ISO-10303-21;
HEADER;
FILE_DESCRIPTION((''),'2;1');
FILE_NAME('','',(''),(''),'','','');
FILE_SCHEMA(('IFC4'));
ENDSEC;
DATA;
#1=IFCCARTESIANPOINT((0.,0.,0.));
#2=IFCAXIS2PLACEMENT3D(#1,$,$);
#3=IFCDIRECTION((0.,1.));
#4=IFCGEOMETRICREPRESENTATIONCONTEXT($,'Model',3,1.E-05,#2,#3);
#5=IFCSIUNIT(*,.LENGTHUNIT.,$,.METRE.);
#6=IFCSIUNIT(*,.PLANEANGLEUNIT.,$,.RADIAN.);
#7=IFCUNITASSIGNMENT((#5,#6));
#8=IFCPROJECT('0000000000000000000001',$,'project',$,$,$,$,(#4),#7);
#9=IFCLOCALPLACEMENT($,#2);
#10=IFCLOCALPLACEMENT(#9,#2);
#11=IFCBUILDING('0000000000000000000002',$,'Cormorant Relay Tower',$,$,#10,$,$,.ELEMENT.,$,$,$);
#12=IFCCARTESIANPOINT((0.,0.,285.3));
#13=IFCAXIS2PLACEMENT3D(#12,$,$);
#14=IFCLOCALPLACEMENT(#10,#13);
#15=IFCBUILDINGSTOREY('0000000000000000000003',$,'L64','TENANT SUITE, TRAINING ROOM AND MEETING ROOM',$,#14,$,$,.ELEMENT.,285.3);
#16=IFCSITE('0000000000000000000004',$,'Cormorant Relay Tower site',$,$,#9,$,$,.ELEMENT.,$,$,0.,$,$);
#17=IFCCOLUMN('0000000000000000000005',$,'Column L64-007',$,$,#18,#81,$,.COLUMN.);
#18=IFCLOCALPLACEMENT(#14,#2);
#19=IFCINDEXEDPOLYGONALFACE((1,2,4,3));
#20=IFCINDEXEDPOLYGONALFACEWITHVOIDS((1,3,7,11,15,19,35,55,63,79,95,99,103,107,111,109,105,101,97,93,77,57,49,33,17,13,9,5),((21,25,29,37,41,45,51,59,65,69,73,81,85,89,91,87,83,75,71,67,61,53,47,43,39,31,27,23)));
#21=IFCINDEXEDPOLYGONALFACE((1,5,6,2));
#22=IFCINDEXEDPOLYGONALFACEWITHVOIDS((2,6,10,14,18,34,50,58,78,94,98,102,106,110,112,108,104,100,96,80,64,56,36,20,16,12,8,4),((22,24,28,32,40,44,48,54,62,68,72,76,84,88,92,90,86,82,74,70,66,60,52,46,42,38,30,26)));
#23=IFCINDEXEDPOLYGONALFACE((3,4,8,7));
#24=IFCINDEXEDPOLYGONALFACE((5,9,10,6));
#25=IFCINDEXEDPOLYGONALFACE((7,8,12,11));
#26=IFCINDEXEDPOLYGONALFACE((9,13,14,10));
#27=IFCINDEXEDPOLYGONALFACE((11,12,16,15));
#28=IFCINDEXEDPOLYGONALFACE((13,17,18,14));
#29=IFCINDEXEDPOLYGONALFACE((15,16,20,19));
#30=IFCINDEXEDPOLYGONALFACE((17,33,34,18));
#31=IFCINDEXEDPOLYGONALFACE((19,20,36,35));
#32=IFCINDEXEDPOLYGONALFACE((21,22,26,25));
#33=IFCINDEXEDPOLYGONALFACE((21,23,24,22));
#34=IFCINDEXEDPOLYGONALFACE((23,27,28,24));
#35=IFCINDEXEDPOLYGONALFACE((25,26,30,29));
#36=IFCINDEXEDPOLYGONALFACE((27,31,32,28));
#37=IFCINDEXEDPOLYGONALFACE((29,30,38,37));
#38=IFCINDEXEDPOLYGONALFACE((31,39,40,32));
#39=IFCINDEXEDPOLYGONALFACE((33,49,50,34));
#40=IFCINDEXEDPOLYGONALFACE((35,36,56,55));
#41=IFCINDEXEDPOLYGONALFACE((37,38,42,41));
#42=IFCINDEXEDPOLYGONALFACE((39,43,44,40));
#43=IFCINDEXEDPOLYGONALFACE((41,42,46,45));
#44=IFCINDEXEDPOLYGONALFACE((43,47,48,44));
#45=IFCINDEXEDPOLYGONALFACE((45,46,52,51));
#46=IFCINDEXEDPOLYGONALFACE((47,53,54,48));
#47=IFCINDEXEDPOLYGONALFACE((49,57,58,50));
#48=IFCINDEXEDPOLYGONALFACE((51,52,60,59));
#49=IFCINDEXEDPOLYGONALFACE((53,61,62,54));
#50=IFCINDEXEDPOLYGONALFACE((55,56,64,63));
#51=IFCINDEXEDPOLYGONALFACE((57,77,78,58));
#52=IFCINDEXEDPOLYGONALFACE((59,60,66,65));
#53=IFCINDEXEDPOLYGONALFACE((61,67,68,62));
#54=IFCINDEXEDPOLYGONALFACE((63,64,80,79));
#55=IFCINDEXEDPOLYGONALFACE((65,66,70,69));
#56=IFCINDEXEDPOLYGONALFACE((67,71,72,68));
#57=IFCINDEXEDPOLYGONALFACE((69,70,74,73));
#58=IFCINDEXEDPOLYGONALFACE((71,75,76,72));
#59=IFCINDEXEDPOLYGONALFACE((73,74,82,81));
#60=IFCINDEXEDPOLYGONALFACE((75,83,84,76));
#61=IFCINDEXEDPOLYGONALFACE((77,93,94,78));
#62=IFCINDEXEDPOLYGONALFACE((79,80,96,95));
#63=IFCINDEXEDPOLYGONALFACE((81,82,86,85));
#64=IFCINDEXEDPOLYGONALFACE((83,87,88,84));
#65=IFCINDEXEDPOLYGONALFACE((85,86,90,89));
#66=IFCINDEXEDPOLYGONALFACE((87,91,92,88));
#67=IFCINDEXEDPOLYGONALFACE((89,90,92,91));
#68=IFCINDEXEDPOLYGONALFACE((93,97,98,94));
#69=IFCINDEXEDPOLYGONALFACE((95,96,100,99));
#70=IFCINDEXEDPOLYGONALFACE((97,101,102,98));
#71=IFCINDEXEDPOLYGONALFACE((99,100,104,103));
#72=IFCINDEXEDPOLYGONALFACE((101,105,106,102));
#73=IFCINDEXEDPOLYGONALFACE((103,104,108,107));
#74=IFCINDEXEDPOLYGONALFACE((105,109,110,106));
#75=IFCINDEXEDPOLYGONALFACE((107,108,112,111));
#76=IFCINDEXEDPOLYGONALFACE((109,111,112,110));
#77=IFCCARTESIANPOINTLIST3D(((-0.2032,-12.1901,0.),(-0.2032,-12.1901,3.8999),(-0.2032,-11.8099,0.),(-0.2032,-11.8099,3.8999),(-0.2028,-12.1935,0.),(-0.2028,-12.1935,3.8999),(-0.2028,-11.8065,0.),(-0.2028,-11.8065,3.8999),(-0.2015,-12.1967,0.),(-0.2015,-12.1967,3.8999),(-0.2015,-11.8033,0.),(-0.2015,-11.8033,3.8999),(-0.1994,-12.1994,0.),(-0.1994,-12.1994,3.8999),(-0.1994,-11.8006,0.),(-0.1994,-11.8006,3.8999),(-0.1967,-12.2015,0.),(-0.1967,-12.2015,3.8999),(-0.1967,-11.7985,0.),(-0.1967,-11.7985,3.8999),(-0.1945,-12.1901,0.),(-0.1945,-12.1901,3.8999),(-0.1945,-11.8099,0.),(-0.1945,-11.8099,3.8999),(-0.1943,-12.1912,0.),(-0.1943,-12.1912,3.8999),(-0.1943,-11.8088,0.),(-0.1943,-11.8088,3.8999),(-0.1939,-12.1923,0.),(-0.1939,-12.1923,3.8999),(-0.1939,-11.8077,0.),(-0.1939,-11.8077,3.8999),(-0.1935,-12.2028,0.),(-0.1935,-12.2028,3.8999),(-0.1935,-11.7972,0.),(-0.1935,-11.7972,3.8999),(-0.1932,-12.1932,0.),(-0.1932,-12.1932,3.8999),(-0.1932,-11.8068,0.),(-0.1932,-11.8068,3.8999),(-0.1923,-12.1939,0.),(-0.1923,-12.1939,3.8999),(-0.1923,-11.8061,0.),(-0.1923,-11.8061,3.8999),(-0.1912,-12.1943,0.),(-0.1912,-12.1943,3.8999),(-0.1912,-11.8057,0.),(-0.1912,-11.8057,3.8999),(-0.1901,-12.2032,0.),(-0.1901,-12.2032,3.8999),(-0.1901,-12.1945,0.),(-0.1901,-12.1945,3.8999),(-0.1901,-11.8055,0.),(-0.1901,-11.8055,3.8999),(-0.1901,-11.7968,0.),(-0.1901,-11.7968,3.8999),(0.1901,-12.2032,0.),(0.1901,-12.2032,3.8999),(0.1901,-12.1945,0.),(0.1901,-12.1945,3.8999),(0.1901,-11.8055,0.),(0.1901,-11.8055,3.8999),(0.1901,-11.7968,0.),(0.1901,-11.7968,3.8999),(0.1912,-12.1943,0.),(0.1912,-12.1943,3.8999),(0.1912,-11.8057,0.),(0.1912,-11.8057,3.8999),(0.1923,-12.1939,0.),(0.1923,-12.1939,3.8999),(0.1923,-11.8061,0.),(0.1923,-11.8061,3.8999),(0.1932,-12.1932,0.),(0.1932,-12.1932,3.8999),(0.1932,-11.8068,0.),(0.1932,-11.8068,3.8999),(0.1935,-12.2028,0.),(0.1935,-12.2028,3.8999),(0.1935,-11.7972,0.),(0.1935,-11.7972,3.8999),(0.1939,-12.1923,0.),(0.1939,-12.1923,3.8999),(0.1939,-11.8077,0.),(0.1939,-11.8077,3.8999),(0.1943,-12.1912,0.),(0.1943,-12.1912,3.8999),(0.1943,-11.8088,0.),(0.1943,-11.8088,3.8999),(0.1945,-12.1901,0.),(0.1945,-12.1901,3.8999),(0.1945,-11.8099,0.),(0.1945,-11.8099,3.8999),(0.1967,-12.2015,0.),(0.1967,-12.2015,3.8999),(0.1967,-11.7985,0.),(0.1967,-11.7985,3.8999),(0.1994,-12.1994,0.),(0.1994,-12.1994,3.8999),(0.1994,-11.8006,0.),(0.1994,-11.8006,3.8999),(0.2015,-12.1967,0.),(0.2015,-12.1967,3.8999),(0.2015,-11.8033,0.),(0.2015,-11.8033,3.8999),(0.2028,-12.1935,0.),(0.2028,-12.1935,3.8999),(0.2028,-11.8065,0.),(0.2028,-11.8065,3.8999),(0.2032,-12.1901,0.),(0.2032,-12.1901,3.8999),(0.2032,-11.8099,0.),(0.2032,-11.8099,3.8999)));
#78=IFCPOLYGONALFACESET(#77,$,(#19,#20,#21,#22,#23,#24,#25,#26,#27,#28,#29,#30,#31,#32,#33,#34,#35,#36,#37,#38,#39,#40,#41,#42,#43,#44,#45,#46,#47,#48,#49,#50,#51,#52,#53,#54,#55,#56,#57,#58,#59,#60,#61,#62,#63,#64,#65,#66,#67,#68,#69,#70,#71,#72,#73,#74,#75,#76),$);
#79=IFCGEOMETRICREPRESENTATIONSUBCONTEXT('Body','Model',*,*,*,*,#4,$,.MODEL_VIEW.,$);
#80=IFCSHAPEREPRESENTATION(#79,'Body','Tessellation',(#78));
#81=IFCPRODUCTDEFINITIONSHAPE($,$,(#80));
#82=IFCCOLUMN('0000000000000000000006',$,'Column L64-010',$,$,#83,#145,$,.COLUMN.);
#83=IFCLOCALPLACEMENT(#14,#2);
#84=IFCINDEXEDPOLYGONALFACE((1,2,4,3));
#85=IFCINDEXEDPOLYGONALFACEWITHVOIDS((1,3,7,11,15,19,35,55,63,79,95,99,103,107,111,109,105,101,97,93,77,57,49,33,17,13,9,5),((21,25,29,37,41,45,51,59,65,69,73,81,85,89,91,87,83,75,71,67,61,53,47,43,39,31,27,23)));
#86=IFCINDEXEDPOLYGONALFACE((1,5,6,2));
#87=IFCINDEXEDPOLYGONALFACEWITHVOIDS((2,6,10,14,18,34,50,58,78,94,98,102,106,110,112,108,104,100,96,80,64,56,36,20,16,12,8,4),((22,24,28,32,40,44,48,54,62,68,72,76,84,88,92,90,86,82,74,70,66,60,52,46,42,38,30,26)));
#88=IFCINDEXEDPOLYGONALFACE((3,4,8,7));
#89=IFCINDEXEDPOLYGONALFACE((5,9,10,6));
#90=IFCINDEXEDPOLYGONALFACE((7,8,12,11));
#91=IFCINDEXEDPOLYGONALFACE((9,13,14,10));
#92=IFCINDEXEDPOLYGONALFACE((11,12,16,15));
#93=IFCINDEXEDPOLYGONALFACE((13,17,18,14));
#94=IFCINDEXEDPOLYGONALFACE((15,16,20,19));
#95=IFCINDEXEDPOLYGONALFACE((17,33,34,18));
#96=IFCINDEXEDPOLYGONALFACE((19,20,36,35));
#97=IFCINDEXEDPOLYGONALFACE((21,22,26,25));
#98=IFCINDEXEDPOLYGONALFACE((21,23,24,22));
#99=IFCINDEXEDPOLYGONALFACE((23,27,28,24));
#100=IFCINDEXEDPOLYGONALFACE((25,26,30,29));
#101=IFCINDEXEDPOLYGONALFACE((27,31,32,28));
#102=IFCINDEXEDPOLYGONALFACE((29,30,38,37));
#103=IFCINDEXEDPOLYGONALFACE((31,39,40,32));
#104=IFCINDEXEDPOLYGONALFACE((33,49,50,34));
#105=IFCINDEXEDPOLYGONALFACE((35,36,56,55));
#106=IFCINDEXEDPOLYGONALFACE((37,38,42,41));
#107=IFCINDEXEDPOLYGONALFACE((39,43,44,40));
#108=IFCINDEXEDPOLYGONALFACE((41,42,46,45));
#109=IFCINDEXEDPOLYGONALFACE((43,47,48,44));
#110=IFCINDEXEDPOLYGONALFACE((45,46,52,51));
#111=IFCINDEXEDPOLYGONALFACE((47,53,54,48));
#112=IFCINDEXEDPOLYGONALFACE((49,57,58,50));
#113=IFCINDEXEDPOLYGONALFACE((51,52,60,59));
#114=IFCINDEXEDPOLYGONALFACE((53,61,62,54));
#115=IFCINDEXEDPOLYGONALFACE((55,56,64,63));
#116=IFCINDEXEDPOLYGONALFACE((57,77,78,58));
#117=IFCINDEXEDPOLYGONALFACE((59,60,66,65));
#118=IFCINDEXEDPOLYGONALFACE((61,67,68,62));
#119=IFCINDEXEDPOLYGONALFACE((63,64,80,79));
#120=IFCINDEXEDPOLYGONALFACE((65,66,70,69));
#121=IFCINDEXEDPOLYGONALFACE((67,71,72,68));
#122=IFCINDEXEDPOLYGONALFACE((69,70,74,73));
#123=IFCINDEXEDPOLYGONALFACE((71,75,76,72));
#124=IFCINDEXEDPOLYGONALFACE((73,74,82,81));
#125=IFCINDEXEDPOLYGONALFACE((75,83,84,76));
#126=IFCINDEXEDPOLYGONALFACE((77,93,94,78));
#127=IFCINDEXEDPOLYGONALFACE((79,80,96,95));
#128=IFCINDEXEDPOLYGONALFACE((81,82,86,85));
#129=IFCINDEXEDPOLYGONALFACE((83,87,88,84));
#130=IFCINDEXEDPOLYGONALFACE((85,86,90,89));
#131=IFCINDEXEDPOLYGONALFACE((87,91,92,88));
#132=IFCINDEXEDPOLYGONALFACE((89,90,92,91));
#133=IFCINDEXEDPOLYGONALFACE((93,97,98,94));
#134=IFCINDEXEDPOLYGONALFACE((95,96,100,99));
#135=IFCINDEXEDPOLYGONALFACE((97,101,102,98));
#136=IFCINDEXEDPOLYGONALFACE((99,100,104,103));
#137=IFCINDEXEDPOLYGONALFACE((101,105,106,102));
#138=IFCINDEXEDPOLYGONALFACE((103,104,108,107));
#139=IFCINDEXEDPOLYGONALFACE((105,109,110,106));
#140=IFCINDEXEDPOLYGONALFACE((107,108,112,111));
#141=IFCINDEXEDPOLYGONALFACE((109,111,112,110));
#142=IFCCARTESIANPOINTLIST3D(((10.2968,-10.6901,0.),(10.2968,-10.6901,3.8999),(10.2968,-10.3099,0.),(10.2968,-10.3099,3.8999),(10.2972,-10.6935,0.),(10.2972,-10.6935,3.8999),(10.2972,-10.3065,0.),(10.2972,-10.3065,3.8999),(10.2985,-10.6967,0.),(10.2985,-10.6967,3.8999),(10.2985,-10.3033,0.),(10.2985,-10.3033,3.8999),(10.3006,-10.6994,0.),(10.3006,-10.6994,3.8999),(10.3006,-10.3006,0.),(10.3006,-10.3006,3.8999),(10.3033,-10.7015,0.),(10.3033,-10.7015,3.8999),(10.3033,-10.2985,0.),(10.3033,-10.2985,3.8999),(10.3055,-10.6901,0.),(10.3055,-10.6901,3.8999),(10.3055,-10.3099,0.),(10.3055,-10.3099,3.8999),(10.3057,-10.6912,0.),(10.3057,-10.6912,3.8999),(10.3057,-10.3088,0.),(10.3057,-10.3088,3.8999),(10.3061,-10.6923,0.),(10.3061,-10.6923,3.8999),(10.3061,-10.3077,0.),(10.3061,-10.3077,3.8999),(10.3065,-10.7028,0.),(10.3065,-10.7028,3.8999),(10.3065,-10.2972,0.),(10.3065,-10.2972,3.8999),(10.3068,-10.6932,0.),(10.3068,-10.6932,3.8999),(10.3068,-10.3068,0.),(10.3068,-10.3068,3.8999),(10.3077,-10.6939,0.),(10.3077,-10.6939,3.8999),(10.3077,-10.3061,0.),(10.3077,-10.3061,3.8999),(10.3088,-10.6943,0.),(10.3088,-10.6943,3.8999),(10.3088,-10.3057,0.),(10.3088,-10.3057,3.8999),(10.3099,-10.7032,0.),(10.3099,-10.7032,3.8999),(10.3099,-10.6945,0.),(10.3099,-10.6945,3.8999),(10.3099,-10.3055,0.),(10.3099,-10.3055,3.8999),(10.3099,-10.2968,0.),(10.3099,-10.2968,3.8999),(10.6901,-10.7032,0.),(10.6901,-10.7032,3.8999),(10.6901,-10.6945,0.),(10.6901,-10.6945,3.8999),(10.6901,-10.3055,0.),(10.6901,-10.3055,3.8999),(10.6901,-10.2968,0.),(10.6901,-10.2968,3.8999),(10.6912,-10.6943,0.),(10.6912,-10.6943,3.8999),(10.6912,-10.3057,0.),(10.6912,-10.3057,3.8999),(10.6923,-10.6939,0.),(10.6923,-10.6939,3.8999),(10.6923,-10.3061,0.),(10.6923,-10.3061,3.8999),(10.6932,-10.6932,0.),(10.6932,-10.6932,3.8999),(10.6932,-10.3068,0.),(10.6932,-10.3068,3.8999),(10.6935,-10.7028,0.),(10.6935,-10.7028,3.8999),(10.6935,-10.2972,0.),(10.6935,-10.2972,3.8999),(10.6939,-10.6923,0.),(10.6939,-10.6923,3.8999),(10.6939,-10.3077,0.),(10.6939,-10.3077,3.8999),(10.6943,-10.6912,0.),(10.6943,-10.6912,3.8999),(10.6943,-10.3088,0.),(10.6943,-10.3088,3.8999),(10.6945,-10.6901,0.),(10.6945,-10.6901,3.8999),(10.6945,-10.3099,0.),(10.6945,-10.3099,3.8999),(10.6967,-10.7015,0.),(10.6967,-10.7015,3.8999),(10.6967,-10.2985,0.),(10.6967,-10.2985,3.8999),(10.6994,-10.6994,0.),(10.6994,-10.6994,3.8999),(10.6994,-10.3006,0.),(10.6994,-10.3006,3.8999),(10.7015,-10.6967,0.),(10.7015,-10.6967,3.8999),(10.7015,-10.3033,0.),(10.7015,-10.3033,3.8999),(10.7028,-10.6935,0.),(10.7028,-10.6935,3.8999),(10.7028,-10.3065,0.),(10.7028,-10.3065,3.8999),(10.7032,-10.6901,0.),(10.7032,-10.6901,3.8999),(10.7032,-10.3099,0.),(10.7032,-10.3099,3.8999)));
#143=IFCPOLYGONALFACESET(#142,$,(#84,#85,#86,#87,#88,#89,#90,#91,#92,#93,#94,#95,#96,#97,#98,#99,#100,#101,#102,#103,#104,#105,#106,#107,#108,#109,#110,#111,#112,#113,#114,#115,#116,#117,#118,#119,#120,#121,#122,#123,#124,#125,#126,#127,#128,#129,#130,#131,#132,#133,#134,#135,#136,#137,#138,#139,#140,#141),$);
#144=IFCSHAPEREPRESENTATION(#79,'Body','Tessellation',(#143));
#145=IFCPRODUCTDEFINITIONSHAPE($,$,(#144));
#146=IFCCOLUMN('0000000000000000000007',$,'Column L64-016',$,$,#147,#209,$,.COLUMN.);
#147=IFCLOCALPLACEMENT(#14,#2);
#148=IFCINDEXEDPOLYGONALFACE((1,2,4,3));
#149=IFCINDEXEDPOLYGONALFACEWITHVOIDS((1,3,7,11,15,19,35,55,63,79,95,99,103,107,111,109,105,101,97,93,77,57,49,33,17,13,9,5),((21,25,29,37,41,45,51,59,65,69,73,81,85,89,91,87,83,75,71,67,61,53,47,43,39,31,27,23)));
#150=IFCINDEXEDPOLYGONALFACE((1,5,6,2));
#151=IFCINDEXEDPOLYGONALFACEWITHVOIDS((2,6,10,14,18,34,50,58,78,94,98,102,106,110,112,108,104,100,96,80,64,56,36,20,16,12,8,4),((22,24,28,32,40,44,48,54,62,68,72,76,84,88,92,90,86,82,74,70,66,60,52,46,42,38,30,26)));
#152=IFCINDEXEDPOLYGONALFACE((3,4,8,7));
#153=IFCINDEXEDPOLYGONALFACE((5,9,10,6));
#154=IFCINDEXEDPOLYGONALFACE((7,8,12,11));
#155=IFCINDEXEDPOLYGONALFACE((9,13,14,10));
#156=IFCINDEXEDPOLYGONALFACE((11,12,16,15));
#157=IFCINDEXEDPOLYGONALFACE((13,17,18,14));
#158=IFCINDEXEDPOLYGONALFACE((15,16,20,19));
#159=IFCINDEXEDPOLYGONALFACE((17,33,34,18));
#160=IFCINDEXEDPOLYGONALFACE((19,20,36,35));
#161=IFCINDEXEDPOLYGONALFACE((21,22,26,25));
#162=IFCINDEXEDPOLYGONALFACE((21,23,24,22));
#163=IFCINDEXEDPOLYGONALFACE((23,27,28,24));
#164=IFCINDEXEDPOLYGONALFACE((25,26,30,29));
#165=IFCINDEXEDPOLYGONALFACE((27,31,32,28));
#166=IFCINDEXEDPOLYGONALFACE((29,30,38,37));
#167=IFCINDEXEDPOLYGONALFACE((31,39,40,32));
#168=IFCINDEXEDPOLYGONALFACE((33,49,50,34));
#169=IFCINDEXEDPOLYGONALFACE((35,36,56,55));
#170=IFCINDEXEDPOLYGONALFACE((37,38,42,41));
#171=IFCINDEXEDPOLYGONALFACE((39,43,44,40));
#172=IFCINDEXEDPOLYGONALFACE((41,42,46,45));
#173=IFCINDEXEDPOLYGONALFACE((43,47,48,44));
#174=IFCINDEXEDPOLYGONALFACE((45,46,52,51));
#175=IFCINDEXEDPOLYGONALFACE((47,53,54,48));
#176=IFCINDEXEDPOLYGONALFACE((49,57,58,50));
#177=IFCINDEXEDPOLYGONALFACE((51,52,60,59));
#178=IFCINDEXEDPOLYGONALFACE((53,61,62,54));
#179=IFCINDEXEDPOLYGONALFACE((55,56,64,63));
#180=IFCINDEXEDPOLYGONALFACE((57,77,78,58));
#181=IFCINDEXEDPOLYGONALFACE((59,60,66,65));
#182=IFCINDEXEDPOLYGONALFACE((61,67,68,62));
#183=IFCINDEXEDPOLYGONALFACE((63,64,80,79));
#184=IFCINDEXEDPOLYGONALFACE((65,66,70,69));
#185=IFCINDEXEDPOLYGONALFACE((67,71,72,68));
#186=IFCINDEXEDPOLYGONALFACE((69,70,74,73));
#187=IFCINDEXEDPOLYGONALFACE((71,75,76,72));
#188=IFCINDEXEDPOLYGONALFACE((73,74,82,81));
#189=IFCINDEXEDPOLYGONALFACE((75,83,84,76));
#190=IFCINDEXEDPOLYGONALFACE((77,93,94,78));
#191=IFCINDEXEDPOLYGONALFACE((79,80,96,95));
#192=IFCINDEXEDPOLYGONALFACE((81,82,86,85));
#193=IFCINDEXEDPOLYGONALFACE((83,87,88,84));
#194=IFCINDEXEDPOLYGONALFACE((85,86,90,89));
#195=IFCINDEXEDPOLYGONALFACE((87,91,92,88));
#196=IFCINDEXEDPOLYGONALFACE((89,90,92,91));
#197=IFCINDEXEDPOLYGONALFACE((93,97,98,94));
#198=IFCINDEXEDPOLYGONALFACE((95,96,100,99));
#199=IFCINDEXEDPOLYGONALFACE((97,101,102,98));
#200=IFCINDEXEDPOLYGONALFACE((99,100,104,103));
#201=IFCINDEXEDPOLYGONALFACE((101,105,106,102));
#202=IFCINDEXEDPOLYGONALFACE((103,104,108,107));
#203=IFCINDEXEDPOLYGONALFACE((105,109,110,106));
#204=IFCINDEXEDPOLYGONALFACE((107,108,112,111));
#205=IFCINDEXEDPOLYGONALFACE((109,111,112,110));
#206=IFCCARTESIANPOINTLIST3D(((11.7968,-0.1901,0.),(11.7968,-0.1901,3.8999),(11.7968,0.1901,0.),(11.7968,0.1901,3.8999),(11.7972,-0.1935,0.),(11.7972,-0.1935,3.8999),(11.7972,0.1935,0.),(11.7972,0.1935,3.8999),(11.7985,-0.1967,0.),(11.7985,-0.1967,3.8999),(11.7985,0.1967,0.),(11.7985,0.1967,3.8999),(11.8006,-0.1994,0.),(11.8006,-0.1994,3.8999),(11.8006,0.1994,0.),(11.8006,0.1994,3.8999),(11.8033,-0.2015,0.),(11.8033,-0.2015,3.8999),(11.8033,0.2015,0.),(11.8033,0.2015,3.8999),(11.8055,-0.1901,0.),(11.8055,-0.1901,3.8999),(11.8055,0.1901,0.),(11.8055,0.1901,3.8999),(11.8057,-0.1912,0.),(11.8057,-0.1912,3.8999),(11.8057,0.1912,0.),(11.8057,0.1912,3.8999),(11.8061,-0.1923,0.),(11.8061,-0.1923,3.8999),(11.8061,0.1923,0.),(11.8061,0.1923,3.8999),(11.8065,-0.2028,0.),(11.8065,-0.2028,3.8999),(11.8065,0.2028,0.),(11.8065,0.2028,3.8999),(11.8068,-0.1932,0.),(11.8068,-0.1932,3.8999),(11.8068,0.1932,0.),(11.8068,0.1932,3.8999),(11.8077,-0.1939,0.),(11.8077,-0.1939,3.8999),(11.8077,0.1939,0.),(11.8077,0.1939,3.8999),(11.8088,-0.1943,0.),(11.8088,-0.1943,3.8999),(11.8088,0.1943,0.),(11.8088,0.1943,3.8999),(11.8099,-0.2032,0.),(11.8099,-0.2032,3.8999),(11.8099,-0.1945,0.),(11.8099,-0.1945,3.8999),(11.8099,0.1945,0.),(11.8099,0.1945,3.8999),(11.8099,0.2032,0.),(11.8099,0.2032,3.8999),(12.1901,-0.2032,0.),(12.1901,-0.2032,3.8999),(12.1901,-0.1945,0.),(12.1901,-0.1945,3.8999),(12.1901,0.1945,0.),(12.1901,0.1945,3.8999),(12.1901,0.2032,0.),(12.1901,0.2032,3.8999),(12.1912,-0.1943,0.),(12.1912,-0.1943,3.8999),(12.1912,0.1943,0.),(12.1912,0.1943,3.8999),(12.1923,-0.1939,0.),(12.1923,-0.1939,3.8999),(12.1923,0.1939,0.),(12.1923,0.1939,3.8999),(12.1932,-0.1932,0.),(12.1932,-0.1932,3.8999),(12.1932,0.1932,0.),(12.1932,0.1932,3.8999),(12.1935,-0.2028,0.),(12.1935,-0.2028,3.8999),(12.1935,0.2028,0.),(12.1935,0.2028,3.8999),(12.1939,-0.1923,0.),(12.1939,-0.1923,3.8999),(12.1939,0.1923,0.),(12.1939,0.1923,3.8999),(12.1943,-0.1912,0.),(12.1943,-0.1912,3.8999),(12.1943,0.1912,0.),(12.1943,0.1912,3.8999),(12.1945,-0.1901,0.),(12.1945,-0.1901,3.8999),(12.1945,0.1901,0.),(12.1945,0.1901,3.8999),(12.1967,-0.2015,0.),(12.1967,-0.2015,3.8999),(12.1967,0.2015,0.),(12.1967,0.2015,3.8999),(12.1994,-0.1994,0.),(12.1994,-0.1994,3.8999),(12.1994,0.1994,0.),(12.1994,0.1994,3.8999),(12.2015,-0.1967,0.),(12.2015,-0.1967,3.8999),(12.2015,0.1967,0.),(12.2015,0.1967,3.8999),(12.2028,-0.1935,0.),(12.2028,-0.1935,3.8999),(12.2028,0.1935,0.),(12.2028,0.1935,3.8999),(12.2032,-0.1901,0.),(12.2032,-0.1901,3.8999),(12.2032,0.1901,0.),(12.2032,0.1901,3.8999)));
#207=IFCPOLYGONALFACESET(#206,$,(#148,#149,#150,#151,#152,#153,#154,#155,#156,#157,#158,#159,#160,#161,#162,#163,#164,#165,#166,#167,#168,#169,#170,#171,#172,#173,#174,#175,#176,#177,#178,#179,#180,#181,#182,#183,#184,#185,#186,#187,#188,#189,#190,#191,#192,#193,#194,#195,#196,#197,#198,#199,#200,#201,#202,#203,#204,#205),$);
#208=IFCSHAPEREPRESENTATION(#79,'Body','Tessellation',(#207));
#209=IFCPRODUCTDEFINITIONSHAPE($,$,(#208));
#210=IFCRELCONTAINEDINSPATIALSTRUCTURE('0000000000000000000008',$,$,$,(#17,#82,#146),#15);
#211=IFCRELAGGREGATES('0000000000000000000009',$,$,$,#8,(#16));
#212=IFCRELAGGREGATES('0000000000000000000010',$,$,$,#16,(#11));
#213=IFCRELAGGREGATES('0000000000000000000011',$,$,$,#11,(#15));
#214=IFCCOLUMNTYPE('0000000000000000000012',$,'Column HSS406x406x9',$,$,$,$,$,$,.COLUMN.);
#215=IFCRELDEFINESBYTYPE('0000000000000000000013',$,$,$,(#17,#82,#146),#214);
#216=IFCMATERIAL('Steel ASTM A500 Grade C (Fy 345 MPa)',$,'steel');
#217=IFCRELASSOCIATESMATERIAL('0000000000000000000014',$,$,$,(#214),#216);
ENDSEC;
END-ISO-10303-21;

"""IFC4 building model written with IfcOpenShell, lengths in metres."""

from ifc_helpers import new_model, si_unit, direction, frame, origin, origin_2d, place, context, subcontext, project, spatial, hollow_rectangle, extrude, material, material_profile, profile_set, type_object, element, save


model = new_model("IFC4")

# Units and contexts
model_context = context("Model", 3, precision=1e-05, world=origin(), true_north=direction((0.0, 1.0)))
body_context = subcontext(model_context, "Body", "Model", "MODEL_VIEW")
ifc_project = project(units=[si_unit("LENGTHUNIT", "METRE"), si_unit("PLANEANGLEUNIT", "RADIAN")], contexts=[model_context])

# Site, building, storey
site_placement = place(None, origin())
site = spatial("IfcSite", under=ifc_project, at=site_placement, Name="Cormorant Relay Tower site", CompositionType="ELEMENT", RefElevation=0.0)
building_placement = place(site_placement, origin())
building = spatial("IfcBuilding", under=site, at=building_placement, Name="Cormorant Relay Tower", CompositionType="ELEMENT")
storey_placement = place(building_placement, frame((0.0, 0.0, 285.3)))
storey = spatial("IfcBuildingStorey", under=building, at=storey_placement, Name="L64", Description="TENANT SUITE, TRAINING ROOM AND MEETING ROOM", CompositionType="ELEMENT", Elevation=285.3)

# Columns
ifc_material_1 = material(Name="Steel ASTM A500 Grade C (Fy 345 MPa)", Category="steel")
ifc_material_profile = material_profile(ifc_material_1, hollow_rectangle(XDim=0.4065, YDim=0.4065, WallThickness=0.0088, InnerFilletRadius=0.0044, OuterFilletRadius=0.0132, at=origin_2d()), Name="HSS406x406x9")
ifc_profile_set = profile_set([ifc_material_profile], Name="Steel ASTM A500 Grade C (Fy 345 MPa)")
column_type = type_object("IfcColumnType", Name="Column HSS406x406x9", PredefinedType="COLUMN", material=ifc_profile_set)
for number, where, z_axis, x_axis, name in (
    (1, (0.0, -12.0, 0.0), (0.0, 0.0, 1.0), (1.0, 0.0, 0.0), "Column L64-007"),
    (2, (10.5, -10.5, 0.0), (0.0, 0.0, 1.0), (1.0, 0.0, 0.0), "Column L64-010"),
    (3, (12.0, 0.0, 0.0), (0.0, 0.0, 1.0), (1.0, 0.0, 0.0), "Column L64-016"),
):
    element("IfcColumn", number, at=place(storey_placement, frame(where, z_axis=z_axis, x_axis=x_axis)), inside=storey, type_object=column_type, Name=name, PredefinedType="COLUMN", context=body_context, shape_type="SweptSolid", body=[
        extrude(hollow_rectangle(XDim=0.4065, YDim=0.4065, WallThickness=0.0088, InnerFilletRadius=0.0044, OuterFilletRadius=0.0132, at=origin_2d()), origin(), (0.0, 0.0, 1.0), 3.8999),
    ])

save(model, "model.ifc")
